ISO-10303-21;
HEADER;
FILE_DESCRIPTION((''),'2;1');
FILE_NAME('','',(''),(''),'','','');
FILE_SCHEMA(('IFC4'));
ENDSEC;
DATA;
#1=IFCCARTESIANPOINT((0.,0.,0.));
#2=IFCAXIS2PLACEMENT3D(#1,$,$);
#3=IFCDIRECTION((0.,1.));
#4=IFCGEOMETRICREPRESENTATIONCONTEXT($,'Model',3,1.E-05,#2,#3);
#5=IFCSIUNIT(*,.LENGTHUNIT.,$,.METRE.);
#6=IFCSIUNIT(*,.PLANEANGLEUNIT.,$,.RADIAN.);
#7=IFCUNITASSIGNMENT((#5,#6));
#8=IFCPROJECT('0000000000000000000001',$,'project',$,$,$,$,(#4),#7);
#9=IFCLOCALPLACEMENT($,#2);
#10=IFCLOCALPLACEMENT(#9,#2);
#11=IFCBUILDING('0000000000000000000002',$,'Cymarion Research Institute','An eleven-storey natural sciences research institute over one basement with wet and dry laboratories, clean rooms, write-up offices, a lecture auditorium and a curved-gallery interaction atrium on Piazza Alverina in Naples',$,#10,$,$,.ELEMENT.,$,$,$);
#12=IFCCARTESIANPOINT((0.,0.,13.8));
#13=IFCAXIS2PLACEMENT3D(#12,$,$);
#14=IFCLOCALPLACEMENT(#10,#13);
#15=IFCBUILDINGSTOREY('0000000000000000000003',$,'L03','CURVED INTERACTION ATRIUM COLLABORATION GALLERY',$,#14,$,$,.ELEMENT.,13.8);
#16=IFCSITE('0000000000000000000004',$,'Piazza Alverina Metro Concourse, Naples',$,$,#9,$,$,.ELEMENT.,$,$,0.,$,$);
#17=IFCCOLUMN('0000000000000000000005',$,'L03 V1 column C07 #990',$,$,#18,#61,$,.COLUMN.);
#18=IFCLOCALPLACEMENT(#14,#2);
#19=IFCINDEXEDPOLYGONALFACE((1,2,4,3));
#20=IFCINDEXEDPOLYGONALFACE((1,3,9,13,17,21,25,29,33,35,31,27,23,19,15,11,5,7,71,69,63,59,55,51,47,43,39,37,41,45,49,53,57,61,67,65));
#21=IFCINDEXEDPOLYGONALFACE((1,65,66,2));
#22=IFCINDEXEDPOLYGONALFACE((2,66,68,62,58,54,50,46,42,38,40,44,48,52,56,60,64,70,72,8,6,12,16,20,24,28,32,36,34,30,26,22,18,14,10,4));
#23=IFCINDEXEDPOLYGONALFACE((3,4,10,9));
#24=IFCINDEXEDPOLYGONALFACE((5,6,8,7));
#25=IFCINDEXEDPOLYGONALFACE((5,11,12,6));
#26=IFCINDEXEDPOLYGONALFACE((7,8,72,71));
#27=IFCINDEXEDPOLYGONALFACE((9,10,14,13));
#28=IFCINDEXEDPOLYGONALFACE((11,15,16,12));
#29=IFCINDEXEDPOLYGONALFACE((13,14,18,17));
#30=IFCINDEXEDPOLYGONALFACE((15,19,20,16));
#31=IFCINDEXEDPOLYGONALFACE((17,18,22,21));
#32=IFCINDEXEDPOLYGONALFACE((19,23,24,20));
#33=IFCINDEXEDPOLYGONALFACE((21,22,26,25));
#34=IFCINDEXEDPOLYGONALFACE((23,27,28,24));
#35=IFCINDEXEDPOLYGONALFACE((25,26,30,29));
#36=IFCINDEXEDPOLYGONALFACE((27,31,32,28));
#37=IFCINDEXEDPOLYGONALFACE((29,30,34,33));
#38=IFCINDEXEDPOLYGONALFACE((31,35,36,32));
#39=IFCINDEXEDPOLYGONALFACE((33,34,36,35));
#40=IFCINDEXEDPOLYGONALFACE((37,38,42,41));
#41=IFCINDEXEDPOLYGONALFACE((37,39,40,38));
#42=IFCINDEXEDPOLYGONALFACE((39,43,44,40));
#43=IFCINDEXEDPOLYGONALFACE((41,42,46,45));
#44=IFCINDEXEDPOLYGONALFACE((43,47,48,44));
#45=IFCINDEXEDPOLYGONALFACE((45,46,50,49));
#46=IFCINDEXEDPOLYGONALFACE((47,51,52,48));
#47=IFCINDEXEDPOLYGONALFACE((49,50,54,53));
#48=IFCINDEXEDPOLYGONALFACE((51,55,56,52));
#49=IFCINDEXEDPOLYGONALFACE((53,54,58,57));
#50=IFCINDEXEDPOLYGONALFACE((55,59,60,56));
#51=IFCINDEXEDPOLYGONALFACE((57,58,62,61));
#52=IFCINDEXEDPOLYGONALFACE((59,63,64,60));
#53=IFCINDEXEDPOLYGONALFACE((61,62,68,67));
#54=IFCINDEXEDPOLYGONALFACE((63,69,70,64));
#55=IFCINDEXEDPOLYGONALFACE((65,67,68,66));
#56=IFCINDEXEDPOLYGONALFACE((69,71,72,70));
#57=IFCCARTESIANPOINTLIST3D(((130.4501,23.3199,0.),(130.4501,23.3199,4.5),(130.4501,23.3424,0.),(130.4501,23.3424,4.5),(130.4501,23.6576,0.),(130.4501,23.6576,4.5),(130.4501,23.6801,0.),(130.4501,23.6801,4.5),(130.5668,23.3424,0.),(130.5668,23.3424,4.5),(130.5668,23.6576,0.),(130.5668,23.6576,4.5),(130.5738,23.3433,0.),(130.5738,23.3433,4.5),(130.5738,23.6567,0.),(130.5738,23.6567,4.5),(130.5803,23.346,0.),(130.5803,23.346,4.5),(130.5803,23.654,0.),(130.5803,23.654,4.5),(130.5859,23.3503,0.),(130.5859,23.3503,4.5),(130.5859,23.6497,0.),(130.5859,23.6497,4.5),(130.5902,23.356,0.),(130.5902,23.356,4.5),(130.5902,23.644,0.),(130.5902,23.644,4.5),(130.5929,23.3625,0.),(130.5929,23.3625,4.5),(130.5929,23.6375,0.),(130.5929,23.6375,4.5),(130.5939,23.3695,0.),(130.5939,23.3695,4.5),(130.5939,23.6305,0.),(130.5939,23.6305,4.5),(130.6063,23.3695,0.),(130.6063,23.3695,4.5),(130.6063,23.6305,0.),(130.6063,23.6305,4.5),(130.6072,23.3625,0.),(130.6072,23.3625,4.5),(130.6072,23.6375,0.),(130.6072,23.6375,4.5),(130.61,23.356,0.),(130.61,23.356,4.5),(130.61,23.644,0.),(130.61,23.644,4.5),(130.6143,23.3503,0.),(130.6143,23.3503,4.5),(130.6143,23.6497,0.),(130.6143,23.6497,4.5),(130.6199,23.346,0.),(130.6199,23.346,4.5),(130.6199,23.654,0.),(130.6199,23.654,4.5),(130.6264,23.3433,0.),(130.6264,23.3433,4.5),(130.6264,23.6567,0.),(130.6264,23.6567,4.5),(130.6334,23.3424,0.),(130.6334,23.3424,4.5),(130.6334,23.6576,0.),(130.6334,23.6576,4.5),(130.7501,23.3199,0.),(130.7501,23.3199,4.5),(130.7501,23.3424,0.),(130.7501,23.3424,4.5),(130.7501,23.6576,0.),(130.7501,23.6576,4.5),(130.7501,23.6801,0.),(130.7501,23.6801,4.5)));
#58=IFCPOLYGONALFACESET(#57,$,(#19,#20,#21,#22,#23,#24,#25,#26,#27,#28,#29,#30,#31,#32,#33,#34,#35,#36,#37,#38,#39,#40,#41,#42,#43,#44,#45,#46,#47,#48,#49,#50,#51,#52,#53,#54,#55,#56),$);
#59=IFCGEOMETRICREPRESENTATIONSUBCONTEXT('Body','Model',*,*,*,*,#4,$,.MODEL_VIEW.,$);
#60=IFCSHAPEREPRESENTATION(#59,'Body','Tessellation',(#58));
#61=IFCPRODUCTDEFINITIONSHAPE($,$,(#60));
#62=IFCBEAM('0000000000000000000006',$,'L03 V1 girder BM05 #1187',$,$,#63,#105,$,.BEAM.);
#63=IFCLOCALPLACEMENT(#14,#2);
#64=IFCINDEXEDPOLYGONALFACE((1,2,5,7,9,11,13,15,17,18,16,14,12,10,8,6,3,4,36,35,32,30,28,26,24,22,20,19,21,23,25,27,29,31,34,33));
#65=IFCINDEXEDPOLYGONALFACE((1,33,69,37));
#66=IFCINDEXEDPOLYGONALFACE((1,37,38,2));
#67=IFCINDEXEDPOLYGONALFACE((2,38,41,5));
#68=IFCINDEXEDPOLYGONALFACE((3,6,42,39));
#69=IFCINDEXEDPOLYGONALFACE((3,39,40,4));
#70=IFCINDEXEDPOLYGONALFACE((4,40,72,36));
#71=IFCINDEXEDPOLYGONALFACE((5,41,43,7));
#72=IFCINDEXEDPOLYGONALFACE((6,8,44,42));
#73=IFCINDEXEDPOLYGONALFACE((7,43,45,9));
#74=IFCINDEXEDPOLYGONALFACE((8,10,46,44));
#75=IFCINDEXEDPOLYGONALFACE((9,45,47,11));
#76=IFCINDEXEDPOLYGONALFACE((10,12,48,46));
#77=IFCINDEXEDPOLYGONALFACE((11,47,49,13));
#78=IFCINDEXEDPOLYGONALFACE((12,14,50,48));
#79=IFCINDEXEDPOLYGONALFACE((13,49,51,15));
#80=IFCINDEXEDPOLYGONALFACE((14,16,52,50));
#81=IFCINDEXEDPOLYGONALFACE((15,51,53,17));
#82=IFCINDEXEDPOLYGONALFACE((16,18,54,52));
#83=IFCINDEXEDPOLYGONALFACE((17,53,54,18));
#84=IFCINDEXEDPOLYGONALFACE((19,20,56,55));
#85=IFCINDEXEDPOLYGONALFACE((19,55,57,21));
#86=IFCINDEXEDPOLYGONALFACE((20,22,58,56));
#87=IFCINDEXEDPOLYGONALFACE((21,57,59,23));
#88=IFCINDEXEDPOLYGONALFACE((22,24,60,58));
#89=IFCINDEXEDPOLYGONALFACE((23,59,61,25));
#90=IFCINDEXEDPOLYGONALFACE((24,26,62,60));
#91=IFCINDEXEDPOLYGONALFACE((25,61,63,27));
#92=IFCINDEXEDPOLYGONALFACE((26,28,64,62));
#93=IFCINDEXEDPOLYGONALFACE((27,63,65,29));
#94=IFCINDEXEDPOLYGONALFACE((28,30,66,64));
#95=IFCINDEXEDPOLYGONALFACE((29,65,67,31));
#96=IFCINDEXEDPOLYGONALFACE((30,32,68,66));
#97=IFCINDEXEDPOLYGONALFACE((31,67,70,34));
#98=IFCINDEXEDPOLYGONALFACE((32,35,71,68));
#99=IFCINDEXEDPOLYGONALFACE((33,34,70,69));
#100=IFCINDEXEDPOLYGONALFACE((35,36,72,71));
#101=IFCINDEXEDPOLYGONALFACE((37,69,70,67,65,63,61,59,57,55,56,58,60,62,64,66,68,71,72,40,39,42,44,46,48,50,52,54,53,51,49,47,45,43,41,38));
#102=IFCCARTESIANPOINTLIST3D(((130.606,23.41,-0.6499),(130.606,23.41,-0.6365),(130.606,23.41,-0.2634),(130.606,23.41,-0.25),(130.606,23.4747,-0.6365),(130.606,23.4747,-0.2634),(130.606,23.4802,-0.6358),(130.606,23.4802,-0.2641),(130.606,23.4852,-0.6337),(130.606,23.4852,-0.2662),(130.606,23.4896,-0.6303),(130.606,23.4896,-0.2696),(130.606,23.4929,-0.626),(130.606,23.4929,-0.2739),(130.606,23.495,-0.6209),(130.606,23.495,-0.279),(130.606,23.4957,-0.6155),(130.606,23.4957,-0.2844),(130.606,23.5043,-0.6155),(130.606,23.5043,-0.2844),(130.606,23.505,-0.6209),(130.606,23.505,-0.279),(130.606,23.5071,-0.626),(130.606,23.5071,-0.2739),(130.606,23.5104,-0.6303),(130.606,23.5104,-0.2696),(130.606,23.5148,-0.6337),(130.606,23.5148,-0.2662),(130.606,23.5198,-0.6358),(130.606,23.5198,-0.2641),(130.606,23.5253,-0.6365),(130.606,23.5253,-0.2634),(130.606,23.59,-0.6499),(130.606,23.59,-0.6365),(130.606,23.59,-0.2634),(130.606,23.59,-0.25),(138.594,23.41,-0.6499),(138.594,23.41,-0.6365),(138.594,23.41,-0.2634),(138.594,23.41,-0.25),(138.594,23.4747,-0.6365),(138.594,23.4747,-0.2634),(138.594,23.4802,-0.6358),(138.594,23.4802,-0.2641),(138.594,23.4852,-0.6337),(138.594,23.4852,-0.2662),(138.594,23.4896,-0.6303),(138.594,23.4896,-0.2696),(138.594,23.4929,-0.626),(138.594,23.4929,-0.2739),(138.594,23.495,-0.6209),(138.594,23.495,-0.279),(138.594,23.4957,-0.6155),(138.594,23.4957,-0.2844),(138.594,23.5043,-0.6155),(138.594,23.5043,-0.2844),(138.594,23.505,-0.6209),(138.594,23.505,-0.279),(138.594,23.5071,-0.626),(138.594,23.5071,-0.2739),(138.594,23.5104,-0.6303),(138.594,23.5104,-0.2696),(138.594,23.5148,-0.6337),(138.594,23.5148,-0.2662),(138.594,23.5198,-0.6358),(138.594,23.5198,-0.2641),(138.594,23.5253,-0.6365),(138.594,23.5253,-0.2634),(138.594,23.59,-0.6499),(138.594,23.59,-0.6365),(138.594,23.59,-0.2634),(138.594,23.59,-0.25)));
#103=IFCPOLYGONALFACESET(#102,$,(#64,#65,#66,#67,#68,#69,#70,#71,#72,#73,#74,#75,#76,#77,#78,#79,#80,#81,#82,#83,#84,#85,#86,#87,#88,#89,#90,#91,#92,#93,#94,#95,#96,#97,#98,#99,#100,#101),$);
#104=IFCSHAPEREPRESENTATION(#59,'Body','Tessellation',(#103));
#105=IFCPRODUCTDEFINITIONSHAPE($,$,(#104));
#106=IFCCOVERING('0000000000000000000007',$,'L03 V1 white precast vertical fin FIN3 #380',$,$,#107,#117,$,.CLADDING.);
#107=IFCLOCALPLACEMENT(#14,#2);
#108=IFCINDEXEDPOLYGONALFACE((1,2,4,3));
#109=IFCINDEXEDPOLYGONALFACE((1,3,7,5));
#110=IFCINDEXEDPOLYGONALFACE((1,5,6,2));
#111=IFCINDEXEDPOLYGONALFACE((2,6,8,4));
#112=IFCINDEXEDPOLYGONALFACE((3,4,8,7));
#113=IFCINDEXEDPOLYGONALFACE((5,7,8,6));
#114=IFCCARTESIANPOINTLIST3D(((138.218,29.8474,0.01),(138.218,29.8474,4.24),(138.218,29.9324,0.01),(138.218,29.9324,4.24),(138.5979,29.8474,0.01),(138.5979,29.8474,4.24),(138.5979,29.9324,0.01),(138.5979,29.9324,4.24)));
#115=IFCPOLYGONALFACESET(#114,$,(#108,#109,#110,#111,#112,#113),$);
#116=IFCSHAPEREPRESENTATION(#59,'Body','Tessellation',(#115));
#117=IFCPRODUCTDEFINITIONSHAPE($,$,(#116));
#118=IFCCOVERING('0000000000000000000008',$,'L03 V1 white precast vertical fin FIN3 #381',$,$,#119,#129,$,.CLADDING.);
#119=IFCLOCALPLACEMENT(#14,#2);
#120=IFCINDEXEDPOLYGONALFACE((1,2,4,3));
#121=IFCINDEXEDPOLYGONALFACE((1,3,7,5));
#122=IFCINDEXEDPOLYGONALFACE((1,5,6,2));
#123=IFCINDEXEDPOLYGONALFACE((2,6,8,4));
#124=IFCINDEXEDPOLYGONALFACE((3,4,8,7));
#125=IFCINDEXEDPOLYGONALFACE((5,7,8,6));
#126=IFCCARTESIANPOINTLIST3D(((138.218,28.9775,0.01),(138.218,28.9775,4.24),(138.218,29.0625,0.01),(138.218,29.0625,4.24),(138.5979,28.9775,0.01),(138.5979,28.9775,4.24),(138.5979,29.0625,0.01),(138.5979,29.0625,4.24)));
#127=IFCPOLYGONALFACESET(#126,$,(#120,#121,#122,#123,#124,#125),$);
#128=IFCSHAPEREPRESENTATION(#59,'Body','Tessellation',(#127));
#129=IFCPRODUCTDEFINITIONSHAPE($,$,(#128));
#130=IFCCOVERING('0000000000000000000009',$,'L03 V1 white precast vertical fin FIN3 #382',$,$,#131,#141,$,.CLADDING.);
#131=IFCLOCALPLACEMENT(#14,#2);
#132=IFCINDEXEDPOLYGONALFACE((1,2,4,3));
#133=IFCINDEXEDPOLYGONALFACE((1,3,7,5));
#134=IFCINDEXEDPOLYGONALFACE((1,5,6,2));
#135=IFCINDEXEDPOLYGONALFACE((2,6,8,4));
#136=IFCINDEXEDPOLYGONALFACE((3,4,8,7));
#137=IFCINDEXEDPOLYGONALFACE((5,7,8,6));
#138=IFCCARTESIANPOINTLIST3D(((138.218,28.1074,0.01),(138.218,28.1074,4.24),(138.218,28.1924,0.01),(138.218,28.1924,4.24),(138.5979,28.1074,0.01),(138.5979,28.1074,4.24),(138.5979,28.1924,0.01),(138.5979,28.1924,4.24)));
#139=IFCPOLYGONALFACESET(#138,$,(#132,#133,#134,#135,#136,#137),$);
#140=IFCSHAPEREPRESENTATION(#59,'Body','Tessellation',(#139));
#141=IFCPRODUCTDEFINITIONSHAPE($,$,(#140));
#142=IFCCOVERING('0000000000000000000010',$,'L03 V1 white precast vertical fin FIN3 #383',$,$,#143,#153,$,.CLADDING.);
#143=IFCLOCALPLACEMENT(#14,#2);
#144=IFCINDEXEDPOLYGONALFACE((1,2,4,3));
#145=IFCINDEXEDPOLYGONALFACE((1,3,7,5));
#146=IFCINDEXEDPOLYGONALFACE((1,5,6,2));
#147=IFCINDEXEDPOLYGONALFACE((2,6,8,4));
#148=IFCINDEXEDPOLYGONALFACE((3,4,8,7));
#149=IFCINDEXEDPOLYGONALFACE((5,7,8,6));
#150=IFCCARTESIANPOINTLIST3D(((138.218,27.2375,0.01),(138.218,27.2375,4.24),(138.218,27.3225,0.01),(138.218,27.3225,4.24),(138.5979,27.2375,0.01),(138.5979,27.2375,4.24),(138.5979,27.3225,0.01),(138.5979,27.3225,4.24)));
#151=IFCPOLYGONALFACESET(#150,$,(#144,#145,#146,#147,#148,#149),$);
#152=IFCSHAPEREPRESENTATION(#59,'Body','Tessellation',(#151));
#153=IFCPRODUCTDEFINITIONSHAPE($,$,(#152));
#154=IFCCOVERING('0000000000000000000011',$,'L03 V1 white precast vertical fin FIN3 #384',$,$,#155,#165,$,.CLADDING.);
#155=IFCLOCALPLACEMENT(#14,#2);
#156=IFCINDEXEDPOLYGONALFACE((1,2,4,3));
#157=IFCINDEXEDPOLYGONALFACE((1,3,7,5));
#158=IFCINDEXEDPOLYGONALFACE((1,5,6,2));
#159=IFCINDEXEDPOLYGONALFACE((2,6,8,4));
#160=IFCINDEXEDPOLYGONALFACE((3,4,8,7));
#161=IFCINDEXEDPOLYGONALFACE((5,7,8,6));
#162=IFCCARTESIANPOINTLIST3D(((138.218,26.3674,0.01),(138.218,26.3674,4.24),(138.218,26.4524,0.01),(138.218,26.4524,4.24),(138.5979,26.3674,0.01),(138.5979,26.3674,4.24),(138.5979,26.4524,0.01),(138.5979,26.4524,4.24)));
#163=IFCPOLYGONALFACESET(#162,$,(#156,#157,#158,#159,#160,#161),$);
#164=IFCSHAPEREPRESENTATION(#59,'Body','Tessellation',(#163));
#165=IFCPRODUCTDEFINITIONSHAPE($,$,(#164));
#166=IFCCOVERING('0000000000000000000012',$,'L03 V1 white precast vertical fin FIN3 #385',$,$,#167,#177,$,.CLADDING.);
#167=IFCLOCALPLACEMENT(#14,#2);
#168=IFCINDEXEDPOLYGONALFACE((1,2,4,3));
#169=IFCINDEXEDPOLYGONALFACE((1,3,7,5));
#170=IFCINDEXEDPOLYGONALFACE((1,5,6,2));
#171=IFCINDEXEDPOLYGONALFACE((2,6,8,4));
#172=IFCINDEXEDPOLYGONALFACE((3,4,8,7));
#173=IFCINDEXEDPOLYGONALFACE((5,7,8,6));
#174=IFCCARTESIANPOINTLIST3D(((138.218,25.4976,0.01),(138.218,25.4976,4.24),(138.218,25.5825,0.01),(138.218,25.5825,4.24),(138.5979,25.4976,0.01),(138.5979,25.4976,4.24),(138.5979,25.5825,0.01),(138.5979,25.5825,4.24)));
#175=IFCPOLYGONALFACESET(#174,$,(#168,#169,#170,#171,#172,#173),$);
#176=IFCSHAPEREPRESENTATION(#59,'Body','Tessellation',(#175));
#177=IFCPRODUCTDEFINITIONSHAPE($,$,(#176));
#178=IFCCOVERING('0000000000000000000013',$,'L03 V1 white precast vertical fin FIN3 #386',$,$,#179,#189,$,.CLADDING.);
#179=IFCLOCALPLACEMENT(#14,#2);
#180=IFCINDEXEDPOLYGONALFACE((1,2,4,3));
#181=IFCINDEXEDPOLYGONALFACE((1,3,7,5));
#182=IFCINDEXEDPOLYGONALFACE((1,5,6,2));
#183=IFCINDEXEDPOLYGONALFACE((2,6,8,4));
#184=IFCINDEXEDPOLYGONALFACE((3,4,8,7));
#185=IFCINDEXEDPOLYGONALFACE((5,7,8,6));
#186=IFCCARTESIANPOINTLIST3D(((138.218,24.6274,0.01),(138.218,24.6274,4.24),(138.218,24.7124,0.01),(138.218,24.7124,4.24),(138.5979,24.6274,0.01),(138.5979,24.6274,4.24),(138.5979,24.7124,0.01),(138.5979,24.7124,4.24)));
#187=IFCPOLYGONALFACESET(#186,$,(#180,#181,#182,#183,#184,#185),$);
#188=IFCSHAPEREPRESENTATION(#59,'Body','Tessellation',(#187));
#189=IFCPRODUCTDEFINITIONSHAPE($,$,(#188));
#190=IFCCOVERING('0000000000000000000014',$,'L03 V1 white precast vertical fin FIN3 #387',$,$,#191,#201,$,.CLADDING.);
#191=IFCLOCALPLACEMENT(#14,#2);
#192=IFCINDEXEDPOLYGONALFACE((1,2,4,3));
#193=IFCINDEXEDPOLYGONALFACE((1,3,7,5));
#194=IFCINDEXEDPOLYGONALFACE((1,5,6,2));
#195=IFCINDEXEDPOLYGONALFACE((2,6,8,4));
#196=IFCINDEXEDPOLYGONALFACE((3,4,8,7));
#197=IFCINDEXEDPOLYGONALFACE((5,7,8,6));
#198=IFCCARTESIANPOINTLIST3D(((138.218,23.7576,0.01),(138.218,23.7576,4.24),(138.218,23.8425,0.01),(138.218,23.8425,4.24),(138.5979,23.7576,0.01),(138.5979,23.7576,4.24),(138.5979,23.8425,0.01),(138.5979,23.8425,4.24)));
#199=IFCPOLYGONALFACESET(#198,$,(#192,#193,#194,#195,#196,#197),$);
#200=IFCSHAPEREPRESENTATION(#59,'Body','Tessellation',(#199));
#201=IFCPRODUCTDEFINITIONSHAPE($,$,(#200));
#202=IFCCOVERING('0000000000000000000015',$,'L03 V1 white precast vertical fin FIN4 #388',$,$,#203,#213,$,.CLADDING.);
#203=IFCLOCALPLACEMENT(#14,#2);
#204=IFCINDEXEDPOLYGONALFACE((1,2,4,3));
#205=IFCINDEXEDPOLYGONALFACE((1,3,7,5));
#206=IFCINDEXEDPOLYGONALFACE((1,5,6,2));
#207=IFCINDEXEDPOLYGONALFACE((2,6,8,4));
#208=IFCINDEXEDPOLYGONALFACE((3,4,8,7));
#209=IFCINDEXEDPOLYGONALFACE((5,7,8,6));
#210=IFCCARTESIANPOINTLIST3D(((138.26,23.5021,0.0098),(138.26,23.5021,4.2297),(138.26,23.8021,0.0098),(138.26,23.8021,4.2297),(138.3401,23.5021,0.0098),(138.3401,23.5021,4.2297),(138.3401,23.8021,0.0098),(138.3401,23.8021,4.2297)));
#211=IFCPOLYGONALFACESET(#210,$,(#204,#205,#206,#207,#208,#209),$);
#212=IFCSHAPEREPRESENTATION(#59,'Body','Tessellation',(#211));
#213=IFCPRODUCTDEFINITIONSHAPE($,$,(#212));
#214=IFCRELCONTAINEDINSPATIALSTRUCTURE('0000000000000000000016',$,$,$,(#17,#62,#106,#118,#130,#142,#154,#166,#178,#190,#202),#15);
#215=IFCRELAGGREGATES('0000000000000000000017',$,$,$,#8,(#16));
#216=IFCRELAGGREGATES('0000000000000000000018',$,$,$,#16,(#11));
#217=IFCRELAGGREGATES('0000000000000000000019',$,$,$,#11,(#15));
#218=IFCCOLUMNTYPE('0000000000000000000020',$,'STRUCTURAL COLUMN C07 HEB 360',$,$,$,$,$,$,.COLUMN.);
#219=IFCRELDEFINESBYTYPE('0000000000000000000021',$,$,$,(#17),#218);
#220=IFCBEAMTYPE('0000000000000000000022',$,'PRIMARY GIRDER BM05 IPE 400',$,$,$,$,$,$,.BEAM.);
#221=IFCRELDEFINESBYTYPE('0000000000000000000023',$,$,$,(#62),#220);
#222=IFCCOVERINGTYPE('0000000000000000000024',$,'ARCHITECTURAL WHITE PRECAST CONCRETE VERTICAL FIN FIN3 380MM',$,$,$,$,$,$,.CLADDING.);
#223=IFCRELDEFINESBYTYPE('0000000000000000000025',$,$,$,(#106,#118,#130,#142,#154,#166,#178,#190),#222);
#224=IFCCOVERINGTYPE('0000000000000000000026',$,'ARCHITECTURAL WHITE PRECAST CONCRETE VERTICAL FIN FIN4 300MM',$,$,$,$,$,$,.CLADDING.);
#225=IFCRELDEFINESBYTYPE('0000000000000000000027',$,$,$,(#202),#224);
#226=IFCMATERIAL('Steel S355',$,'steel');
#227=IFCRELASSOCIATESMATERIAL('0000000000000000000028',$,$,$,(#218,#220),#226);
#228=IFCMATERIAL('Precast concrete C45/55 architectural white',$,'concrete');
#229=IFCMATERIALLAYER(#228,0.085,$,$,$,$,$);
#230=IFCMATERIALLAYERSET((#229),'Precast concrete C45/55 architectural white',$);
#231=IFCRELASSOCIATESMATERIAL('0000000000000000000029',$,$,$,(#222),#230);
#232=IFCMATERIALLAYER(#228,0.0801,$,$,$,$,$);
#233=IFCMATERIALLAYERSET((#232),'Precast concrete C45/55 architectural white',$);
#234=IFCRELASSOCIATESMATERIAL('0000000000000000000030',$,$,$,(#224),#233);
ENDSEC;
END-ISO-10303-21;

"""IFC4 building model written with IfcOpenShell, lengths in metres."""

from ifc_helpers import new_model, si_unit, direction, frame, origin, origin_2d, place, context, subcontext, project, spatial, rectangle, i_section, extrude, material, layer, layer_set, material_profile, profile_set, type_object, element, save


model = new_model("IFC4")

# Units and contexts
model_context = context("Model", 3, precision=1e-05, world=origin(), true_north=direction((0.0, 1.0)))
body_context = subcontext(model_context, "Body", "Model", "MODEL_VIEW")
ifc_project = project(units=[si_unit("LENGTHUNIT", "METRE"), si_unit("PLANEANGLEUNIT", "RADIAN")], contexts=[model_context])

# Site, building, storey
site_placement = place(None, origin())
site = spatial("IfcSite", under=ifc_project, at=site_placement, Name="Piazza Alverina Metro Concourse, Naples", CompositionType="ELEMENT", RefElevation=0.0)
building_placement = place(site_placement, origin())
building = spatial("IfcBuilding", under=site, at=building_placement, Name="Cymarion Research Institute", Description="An eleven-storey natural sciences research institute over one basement with wet and dry laboratories, clean rooms, write-up offices, a lecture auditorium and a curved-gallery interaction atrium on Piazza Alverina in Naples", CompositionType="ELEMENT")
storey_placement = place(building_placement, frame((0.0, 0.0, 13.8)))
storey = spatial("IfcBuildingStorey", under=building, at=storey_placement, Name="L03", Description="CURVED INTERACTION ATRIUM COLLABORATION GALLERY", CompositionType="ELEMENT", Elevation=13.8)

# Column
ifc_material_1 = material(Name="Steel S355", Category="steel")
ifc_material_profile_1 = material_profile(ifc_material_1, i_section(OverallWidth=0.3, OverallDepth=0.3601, WebThickness=0.0125, FlangeThickness=0.0225, FilletRadius=0.0271, at=origin_2d()), Name="HEB 360")
ifc_profile_set_1 = profile_set([ifc_material_profile_1], Name="Steel S355")
column_type = type_object("IfcColumnType", Name="STRUCTURAL COLUMN C07 HEB 360", PredefinedType="COLUMN", material=ifc_profile_set_1)
column_placement = place(storey_placement, frame((130.6001, 23.5, 0.0), z_axis=(0.0, 0.0, 1.0), x_axis=(1.0, 0.0, 0.0)))
element("IfcColumn", 1, at=column_placement, inside=storey, type_object=column_type, Name="L03 V1 column C07 #990", PredefinedType="COLUMN", context=body_context, shape_type="SweptSolid", body=[
    extrude(i_section(OverallWidth=0.3, OverallDepth=0.3601, WebThickness=0.0125, FlangeThickness=0.0225, FilletRadius=0.0271, at=origin_2d()), origin(), (0.0, 0.0, 1.0), 4.5),
])

# Beam
ifc_material_profile_2 = material_profile(ifc_material_1, i_section(OverallWidth=0.1799, OverallDepth=0.3999, WebThickness=0.0085, FlangeThickness=0.0134, FilletRadius=0.021, at=origin_2d()), Name="IPE 400")
ifc_profile_set_2 = profile_set([ifc_material_profile_2], Name="Steel S355")
beam_type = type_object("IfcBeamType", Name="PRIMARY GIRDER BM05 IPE 400", PredefinedType="BEAM", material=ifc_profile_set_2)
beam_placement = place(storey_placement, frame((130.606, 23.5, -0.45), z_axis=(1.0, 0.0, 0.0), x_axis=(0.0, 1.0, 0.0)))
element("IfcBeam", 2, at=beam_placement, inside=storey, type_object=beam_type, Name="L03 V1 girder BM05 #1187", PredefinedType="BEAM", context=body_context, shape_type="SweptSolid", body=[
    extrude(i_section(OverallWidth=0.1799, OverallDepth=0.3999, WebThickness=0.0085, FlangeThickness=0.0134, FilletRadius=0.021, at=origin_2d()), origin(), (0.0, 0.0, 1.0), 7.988),
])

# Coverings
ifc_material_2 = material(Name="Precast concrete C45/55 architectural white", Category="concrete")
ifc_layer_1 = layer(ifc_material_2, 0.085)
ifc_layer_set_1 = layer_set([ifc_layer_1], Name="Precast concrete C45/55 architectural white")
covering_type_1 = type_object("IfcCoveringType", Name="ARCHITECTURAL WHITE PRECAST CONCRETE VERTICAL FIN FIN3 380MM", PredefinedType="CLADDING", material=ifc_layer_set_1)
for number, where, z_axis, x_axis, name in (
    (3, (138.408, 29.8899, 0.01), (0.0, 0.0, 1.0), (-1.0, 0.0, 0.0), "L03 V1 white precast vertical fin FIN3 #380"),
    (4, (138.408, 29.02, 0.01), (0.0, 0.0, 1.0), (-1.0, 0.0, 0.0), "L03 V1 white precast vertical fin FIN3 #381"),
    (5, (138.408, 28.1499, 0.01), (0.0, 0.0, 1.0), (-1.0, 0.0, 0.0), "L03 V1 white precast vertical fin FIN3 #382"),
    (6, (138.408, 27.28, 0.01), (0.0, 0.0, 1.0), (-1.0, 0.0, 0.0), "L03 V1 white precast vertical fin FIN3 #383"),
    (7, (138.408, 26.4099, 0.01), (0.0, 0.0, 1.0), (-1.0, 0.0, 0.0), "L03 V1 white precast vertical fin FIN3 #384"),
    (8, (138.408, 25.54, 0.01), (0.0, 0.0, 1.0), (-1.0, 0.0, 0.0), "L03 V1 white precast vertical fin FIN3 #385"),
    (9, (138.408, 24.6699, 0.01), (0.0, 0.0, 1.0), (-1.0, 0.0, 0.0), "L03 V1 white precast vertical fin FIN3 #386"),
    (10, (138.408, 23.8, 0.01), (0.0, 0.0, 1.0), (-1.0, 0.0, 0.0), "L03 V1 white precast vertical fin FIN3 #387"),
):
    element("IfcCovering", number, at=place(storey_placement, frame(where, z_axis=z_axis, x_axis=x_axis)), inside=storey, type_object=covering_type_1, Name=name, PredefinedType="CLADDING", context=body_context, shape_type="SweptSolid", body=[
        extrude(rectangle(XDim=0.3799, YDim=0.085, at=origin_2d()), origin(), (0.0, 0.0, 1.0), 4.23),
    ])
ifc_layer_2 = layer(ifc_material_2, 0.0801)
ifc_layer_set_2 = layer_set([ifc_layer_2], Name="Precast concrete C45/55 architectural white")
covering_type_2 = type_object("IfcCoveringType", Name="ARCHITECTURAL WHITE PRECAST CONCRETE VERTICAL FIN FIN4 300MM", PredefinedType="CLADDING", material=ifc_layer_set_2)
for number, where, z_axis, x_axis, name in (
    (11, (138.3, 23.6521, 0.0098), (0.0, 0.0, 1.0), (0.0, 1.0, 0.0), "L03 V1 white precast vertical fin FIN4 #388"),
):
    element("IfcCovering", number, at=place(storey_placement, frame(where, z_axis=z_axis, x_axis=x_axis)), inside=storey, type_object=covering_type_2, Name=name, PredefinedType="CLADDING", context=body_context, shape_type="SweptSolid", body=[
        extrude(rectangle(XDim=0.3, YDim=0.0801, at=origin_2d()), origin(), (0.0, 0.0, 1.0), 4.22),
    ])

save(model, "model.ifc")
